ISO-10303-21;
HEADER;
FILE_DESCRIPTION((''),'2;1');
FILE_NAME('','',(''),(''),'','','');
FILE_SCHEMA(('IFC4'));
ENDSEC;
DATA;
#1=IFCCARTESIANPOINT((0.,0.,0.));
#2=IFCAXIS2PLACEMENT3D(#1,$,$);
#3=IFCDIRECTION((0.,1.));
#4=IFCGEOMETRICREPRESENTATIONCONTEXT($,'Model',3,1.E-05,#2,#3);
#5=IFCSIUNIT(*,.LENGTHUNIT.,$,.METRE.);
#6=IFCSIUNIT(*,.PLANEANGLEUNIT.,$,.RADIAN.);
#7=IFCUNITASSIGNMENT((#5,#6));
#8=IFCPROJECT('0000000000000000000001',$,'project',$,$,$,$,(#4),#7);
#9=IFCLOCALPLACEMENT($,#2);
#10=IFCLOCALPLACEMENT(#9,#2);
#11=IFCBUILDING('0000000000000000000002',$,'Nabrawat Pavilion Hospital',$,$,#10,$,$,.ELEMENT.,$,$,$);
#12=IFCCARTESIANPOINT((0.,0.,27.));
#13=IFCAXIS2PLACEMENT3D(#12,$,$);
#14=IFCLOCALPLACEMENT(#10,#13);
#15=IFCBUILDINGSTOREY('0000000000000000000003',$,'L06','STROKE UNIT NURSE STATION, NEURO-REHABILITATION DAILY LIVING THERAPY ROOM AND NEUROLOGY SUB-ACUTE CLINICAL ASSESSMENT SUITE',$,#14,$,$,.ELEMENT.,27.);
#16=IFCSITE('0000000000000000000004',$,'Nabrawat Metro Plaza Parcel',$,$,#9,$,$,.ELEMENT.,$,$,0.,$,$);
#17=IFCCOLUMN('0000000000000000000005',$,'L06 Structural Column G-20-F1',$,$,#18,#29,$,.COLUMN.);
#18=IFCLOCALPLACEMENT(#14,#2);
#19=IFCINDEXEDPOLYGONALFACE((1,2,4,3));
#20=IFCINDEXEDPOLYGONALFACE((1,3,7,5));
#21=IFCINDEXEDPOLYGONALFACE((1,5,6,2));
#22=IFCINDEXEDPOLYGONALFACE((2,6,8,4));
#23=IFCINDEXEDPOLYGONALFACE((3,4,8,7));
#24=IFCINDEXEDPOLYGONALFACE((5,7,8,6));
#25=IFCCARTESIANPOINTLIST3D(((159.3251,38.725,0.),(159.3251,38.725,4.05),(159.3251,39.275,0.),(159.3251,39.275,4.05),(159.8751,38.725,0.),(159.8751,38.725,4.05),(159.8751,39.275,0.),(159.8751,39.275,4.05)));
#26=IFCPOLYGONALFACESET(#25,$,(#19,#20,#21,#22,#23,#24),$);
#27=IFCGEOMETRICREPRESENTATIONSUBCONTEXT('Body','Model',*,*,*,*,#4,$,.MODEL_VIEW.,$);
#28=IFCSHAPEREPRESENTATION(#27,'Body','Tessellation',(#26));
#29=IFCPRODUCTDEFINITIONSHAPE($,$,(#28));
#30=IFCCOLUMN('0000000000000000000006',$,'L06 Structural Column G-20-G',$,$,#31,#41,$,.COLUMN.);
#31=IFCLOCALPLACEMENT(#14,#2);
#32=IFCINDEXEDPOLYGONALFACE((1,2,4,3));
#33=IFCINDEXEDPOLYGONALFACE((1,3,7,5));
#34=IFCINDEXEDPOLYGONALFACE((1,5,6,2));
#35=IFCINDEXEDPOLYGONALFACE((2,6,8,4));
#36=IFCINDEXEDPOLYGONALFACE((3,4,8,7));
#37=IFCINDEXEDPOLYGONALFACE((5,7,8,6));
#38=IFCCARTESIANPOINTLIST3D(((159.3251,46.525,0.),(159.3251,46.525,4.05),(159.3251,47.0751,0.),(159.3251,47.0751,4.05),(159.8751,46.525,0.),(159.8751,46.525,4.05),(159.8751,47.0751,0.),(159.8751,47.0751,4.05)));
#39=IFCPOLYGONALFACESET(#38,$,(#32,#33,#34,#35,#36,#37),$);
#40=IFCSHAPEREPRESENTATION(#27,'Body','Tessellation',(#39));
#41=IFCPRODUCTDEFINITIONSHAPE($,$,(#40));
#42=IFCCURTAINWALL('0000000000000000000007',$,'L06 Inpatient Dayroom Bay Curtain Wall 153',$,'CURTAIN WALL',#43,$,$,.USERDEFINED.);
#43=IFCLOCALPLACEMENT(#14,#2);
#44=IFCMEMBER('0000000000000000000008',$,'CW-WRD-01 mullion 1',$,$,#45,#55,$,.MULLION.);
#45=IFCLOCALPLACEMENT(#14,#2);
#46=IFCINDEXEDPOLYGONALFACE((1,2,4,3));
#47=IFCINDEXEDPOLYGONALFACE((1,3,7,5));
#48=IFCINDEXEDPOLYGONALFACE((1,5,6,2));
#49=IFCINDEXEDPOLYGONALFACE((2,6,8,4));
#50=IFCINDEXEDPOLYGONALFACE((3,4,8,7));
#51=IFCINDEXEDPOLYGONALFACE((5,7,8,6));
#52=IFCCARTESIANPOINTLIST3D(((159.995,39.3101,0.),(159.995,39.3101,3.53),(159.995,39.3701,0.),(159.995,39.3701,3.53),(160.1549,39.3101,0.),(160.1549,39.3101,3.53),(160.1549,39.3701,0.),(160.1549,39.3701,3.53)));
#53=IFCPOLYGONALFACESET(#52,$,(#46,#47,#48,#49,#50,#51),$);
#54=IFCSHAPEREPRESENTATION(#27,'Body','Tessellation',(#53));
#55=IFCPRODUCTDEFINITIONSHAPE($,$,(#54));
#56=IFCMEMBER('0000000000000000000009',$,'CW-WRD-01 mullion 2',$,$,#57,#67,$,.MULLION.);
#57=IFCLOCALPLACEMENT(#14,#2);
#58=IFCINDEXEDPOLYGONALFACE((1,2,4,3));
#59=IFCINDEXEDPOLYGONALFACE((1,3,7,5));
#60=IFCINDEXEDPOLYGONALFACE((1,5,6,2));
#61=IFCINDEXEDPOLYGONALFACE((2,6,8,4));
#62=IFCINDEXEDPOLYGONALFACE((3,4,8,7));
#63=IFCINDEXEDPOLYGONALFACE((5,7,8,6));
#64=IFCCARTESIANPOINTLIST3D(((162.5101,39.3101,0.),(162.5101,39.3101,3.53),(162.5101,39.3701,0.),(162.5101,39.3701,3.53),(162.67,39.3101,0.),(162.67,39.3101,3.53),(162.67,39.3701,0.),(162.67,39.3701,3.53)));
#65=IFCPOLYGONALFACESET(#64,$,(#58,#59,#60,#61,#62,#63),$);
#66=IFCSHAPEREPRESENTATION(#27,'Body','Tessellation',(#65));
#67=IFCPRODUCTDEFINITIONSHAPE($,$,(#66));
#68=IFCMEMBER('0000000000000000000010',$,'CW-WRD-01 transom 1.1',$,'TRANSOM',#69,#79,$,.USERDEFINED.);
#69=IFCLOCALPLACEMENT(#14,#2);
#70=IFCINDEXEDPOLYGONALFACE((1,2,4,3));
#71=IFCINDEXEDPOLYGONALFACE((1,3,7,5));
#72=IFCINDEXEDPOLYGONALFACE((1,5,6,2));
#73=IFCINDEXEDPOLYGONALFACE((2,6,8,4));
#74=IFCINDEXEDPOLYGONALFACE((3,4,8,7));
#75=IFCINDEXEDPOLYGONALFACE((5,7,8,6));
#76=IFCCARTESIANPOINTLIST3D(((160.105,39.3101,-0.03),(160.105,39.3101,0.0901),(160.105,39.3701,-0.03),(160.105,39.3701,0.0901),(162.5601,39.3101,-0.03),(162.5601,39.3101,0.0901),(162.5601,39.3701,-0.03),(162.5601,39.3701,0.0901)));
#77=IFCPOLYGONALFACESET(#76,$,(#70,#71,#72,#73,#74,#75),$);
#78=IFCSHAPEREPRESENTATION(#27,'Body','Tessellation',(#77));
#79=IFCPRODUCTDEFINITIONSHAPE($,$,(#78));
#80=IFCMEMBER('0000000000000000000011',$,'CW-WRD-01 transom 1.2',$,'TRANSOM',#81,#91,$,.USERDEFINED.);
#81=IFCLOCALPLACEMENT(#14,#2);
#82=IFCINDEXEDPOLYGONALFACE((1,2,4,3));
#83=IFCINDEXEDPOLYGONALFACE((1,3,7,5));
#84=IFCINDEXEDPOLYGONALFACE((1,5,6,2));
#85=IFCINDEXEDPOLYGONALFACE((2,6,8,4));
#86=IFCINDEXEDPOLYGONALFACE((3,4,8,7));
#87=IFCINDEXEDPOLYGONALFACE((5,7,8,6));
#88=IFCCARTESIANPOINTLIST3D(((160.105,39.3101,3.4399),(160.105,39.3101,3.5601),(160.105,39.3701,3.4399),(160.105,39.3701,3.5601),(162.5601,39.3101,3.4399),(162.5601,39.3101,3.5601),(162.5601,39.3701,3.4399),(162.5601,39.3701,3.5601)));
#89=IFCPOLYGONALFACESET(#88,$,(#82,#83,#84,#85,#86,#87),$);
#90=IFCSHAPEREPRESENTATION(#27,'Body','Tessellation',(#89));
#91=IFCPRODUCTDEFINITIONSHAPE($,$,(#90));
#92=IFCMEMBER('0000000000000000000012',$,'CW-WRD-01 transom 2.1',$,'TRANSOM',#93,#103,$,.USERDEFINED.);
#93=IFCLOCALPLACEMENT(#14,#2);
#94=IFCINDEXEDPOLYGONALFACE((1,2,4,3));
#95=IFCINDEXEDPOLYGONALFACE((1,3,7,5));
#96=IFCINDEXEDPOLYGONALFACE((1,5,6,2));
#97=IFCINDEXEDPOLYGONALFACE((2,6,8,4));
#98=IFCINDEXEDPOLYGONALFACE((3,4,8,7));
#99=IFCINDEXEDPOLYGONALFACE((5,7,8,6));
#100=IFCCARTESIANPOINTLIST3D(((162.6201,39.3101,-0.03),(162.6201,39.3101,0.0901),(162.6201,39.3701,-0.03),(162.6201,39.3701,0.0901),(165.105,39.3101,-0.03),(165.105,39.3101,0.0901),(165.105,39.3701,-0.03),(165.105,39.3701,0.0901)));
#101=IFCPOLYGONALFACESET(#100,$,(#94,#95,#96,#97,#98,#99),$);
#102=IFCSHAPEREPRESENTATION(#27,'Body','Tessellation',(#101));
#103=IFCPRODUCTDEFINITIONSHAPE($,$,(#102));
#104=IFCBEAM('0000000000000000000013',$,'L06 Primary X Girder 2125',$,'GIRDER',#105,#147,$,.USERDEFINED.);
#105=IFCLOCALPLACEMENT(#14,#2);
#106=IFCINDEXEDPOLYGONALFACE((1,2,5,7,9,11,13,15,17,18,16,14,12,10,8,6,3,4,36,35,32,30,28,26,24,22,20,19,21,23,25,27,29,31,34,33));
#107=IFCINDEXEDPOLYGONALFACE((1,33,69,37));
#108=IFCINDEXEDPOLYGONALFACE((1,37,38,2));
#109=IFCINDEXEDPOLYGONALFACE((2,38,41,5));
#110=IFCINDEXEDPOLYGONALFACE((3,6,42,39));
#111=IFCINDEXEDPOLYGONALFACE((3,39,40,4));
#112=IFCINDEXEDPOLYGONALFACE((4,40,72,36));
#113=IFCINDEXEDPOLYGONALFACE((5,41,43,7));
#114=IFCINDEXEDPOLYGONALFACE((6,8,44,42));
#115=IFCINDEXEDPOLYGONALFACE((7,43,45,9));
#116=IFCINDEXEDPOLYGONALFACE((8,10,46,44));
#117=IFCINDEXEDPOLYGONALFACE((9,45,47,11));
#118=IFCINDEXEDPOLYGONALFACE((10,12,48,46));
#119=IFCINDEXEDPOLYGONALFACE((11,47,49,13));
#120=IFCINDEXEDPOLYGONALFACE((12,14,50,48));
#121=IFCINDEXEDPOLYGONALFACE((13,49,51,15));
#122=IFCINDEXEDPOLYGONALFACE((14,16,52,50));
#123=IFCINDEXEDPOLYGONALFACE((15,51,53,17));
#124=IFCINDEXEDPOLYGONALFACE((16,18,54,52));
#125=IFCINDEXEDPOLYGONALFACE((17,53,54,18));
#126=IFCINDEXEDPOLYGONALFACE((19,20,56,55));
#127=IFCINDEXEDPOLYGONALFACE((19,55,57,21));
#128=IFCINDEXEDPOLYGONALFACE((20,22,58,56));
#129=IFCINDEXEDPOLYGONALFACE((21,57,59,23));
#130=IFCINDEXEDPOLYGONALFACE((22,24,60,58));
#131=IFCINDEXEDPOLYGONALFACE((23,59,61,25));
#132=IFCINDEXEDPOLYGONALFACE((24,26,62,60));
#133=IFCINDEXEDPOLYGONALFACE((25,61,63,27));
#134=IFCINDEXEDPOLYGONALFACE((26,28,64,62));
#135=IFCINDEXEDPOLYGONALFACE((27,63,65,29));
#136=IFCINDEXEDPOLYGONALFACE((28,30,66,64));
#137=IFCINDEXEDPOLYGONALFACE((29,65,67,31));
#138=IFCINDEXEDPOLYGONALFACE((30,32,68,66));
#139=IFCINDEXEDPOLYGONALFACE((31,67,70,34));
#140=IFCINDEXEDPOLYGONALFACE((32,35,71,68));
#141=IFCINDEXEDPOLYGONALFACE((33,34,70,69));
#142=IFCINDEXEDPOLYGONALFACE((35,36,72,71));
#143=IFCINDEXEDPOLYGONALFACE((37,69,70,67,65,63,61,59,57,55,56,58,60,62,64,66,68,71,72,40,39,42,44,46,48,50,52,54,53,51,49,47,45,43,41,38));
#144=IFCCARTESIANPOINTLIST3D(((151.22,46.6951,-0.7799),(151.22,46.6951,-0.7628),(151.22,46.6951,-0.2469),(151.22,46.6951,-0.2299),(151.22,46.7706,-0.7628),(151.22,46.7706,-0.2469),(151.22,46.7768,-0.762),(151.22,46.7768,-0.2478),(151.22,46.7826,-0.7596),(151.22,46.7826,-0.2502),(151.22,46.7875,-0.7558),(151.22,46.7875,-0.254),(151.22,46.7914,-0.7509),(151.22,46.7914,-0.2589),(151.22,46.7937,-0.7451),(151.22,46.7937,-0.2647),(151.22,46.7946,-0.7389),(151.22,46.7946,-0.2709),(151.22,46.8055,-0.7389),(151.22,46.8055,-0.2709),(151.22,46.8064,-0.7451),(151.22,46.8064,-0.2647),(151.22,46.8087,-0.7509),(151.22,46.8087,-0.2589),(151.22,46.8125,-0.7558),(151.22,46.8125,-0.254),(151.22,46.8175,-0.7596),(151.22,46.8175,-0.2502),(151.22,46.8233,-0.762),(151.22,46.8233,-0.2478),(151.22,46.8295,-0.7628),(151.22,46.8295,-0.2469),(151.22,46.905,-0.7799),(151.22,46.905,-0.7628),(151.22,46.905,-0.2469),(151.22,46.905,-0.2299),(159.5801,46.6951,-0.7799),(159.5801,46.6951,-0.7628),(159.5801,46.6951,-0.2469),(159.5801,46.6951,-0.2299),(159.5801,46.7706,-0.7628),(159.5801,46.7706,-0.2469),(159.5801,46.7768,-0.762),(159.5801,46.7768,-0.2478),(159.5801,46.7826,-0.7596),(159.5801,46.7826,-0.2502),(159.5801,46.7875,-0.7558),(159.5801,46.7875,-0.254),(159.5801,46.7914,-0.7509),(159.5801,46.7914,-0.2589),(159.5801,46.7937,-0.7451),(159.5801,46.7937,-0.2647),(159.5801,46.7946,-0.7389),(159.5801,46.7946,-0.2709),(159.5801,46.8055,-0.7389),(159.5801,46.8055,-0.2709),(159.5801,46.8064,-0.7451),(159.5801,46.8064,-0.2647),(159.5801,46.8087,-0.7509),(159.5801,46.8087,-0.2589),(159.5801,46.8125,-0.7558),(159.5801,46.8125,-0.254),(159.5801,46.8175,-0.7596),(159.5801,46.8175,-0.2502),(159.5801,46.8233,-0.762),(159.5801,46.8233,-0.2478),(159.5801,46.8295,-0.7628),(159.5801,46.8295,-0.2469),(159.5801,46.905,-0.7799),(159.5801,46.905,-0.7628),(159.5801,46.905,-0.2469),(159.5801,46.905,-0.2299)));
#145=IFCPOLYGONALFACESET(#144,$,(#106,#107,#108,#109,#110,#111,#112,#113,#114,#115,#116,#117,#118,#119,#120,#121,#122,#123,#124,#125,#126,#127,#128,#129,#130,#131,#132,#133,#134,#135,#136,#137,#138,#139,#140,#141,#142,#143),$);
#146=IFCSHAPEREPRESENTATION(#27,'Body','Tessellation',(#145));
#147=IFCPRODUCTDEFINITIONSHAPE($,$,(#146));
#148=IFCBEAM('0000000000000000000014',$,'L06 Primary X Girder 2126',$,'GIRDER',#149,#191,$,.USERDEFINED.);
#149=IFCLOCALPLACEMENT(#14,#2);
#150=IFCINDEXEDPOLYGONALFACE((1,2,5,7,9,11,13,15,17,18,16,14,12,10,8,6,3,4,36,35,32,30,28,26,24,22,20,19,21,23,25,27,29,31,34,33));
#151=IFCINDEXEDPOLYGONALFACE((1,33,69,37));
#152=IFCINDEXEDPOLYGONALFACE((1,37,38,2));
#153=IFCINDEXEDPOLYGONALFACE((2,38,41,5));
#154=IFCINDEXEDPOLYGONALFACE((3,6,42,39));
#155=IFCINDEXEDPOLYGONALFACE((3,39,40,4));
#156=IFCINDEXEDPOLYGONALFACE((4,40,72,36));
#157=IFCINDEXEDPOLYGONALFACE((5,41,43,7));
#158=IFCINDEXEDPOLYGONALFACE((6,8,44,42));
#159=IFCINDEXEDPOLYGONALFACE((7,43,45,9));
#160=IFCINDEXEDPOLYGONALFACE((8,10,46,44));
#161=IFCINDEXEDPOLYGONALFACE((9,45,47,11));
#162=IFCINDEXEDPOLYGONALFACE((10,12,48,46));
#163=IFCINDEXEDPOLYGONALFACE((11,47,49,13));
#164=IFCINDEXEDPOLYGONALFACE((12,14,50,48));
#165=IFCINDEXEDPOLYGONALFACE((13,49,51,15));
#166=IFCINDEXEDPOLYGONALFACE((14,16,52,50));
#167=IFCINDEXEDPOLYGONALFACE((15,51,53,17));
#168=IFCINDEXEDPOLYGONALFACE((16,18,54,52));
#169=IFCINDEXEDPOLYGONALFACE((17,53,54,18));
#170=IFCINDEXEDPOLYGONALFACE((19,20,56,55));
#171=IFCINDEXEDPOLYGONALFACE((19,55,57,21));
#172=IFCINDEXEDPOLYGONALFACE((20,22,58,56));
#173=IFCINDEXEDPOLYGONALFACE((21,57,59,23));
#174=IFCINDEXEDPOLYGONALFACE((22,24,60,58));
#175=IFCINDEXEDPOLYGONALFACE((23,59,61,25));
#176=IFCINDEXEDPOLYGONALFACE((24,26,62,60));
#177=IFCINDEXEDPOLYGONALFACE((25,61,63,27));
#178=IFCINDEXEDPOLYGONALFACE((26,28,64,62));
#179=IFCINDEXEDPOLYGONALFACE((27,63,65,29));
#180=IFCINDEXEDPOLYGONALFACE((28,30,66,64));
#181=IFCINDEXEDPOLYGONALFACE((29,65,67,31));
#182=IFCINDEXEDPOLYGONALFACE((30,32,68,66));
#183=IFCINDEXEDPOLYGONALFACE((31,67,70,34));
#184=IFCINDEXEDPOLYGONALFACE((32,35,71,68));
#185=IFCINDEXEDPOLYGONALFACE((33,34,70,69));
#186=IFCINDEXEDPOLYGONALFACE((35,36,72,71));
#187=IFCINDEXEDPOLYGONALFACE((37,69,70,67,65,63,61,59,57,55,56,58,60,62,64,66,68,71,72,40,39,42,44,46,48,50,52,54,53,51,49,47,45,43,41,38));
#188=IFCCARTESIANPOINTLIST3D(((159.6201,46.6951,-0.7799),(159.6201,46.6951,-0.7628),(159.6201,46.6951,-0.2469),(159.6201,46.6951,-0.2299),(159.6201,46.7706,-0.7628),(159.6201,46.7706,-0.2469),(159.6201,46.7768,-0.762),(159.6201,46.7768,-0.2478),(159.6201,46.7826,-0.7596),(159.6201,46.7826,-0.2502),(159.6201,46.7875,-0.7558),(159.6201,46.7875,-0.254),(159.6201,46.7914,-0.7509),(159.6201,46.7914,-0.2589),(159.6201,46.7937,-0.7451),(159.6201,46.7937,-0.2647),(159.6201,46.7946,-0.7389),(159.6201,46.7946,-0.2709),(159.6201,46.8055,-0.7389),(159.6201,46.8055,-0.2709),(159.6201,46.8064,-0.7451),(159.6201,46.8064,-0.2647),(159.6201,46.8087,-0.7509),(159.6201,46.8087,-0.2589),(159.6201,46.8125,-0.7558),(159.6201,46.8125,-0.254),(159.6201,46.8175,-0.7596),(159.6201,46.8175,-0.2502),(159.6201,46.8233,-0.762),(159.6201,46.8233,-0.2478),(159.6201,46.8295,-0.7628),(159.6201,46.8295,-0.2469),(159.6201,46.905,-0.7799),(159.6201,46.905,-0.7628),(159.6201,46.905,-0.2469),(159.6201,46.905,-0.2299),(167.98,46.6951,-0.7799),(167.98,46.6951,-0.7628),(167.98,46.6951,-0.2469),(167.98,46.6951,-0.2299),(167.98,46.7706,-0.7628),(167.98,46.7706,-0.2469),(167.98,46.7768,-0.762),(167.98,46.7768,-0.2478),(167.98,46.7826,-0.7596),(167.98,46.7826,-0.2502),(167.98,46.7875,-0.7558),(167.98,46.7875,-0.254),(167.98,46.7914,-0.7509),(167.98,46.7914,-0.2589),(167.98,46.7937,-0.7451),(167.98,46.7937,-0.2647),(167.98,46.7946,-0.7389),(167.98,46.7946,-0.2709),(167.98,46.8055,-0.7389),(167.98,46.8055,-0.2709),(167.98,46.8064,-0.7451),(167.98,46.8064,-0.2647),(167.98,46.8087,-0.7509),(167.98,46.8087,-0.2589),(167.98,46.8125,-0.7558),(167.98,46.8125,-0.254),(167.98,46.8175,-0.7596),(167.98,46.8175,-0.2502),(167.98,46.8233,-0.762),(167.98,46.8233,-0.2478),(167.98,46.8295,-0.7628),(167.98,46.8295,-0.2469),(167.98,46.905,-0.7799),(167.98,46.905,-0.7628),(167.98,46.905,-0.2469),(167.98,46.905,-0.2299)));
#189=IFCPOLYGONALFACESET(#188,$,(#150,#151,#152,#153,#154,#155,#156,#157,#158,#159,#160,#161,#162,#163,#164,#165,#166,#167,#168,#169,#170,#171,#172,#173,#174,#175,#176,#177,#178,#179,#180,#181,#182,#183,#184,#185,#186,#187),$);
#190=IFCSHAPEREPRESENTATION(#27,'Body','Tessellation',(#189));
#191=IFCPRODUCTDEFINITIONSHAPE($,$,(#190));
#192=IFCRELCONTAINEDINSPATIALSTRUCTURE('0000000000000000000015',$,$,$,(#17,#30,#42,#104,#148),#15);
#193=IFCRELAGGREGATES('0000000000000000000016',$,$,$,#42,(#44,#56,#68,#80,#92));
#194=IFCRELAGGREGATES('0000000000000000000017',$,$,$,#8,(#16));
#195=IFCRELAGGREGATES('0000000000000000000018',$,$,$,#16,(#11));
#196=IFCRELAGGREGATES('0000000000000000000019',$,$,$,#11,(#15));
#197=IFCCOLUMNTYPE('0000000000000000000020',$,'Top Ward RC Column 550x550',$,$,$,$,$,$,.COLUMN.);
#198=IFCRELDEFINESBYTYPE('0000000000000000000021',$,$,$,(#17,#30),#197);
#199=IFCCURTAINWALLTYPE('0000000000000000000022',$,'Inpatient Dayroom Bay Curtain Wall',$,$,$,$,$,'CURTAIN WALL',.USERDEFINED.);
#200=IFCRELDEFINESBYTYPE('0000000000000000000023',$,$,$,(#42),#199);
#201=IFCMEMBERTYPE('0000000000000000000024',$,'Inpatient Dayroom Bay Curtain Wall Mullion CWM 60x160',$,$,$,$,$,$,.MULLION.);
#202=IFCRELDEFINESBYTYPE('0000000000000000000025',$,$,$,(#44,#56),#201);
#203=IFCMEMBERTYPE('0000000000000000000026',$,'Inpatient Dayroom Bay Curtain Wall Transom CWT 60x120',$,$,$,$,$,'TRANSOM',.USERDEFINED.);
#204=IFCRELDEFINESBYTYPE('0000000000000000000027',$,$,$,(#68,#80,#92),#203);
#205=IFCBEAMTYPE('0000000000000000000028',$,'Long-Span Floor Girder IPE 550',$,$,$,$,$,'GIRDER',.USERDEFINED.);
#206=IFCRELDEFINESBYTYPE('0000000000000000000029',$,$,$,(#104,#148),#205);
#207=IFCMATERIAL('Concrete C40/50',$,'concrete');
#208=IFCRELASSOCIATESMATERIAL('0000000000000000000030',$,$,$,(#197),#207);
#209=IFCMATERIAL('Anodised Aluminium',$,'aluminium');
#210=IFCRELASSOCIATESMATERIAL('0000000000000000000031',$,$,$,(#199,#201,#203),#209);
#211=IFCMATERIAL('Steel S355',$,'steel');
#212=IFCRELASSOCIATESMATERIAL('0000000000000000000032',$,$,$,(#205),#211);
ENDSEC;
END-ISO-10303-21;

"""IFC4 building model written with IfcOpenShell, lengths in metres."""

from ifc_helpers import new_model, si_unit, direction, frame, origin, origin_2d, place, context, subcontext, project, spatial, rectangle, i_section, extrude, material, material_profile, profile_set, type_object, element, aggregate, save


model = new_model("IFC4")

# Units and contexts
model_context = context("Model", 3, precision=1e-05, world=origin(), true_north=direction((0.0, 1.0)))
body_context = subcontext(model_context, "Body", "Model", "MODEL_VIEW")
ifc_project = project(units=[si_unit("LENGTHUNIT", "METRE"), si_unit("PLANEANGLEUNIT", "RADIAN")], contexts=[model_context])

# Site, building, storey
site_placement = place(None, origin())
site = spatial("IfcSite", under=ifc_project, at=site_placement, Name="Nabrawat Metro Plaza Parcel", CompositionType="ELEMENT", RefElevation=0.0)
building_placement = place(site_placement, origin())
building = spatial("IfcBuilding", under=site, at=building_placement, Name="Nabrawat Pavilion Hospital", CompositionType="ELEMENT")
storey_placement = place(building_placement, frame((0.0, 0.0, 27.0)))
storey = spatial("IfcBuildingStorey", under=building, at=storey_placement, Name="L06", Description="STROKE UNIT NURSE STATION, NEURO-REHABILITATION DAILY LIVING THERAPY ROOM AND NEUROLOGY SUB-ACUTE CLINICAL ASSESSMENT SUITE", CompositionType="ELEMENT", Elevation=27.0)

# Columns
ifc_material_1 = material(Name="Concrete C40/50", Category="concrete")
ifc_material_profile_1 = material_profile(ifc_material_1, rectangle(XDim=0.55, YDim=0.55, at=origin_2d()), Name="RC 550x550")
ifc_profile_set_1 = profile_set([ifc_material_profile_1], Name="Concrete C40/50")
column_type = type_object("IfcColumnType", Name="Top Ward RC Column 550x550", PredefinedType="COLUMN", material=ifc_profile_set_1)
for number, where, z_axis, x_axis, name in (
    (1, (159.6001, 39.0, 0.0), (0.0, 0.0, 1.0), (1.0, 0.0, 0.0), "L06 Structural Column G-20-F1"),
    (2, (159.6001, 46.8, 0.0), (0.0, 0.0, 1.0), (1.0, 0.0, 0.0), "L06 Structural Column G-20-G"),
):
    element("IfcColumn", number, at=place(storey_placement, frame(where, z_axis=z_axis, x_axis=x_axis)), inside=storey, type_object=column_type, Name=name, PredefinedType="COLUMN", context=body_context, shape_type="SweptSolid", body=[
        extrude(rectangle(XDim=0.55, YDim=0.55, at=origin_2d()), origin(), (0.0, 0.0, 1.0), 4.05),
    ])

# Curtain wall, members
ifc_material_2 = material(Name="Anodised Aluminium", Category="aluminium")
curtain_wall_type = type_object("IfcCurtainWallType", Name="Inpatient Dayroom Bay Curtain Wall", ElementType="CURTAIN WALL", PredefinedType="USERDEFINED", material=ifc_material_2)
curtain_wall_placement = place(storey_placement, origin())
curtain_wall = element("IfcCurtainWall", 3, at=curtain_wall_placement, inside=storey, type_object=curtain_wall_type, Name="L06 Inpatient Dayroom Bay Curtain Wall 153", ObjectType="CURTAIN WALL", PredefinedType="USERDEFINED")
ifc_material_profile_2 = material_profile(ifc_material_2, rectangle(XDim=0.0601, YDim=0.1599, at=origin_2d()), Name="CWM 60x160")
ifc_profile_set_2 = profile_set([ifc_material_profile_2], Name="Anodised Aluminium")
member_type_1 = type_object("IfcMemberType", Name="Inpatient Dayroom Bay Curtain Wall Mullion CWM 60x160", PredefinedType="MULLION", material=ifc_profile_set_2)
member_1_placement = place(storey_placement, frame((160.075, 39.3401, 0.0), z_axis=(0.0, 0.0, 1.0), x_axis=(0.0, 1.0, 0.0)))
member_1 = element("IfcMember", 4, at=member_1_placement, type_object=member_type_1, Name="CW-WRD-01 mullion 1", PredefinedType="MULLION", context=body_context, shape_type="SweptSolid", body=[
    extrude(rectangle(XDim=0.0601, YDim=0.1599, at=origin_2d()), origin(), (0.0, 0.0, 1.0), 3.53),
])
member_2_placement = place(storey_placement, frame((162.5901, 39.3401, 0.0), z_axis=(0.0, 0.0, 1.0), x_axis=(0.0, 1.0, 0.0)))
member_2 = element("IfcMember", 5, at=member_2_placement, type_object=member_type_1, Name="CW-WRD-01 mullion 2", PredefinedType="MULLION", context=body_context, shape_type="SweptSolid", body=[
    extrude(rectangle(XDim=0.0601, YDim=0.1599, at=origin_2d()), origin(), (0.0, 0.0, 1.0), 3.53),
])
ifc_material_profile_3 = material_profile(ifc_material_2, rectangle(XDim=0.0601, YDim=0.1201, at=origin_2d()), Name="CWT 60x120")
ifc_profile_set_3 = profile_set([ifc_material_profile_3], Name="Anodised Aluminium")
member_type_2 = type_object("IfcMemberType", Name="Inpatient Dayroom Bay Curtain Wall Transom CWT 60x120", ElementType="TRANSOM", PredefinedType="USERDEFINED", material=ifc_profile_set_3)
member_3_placement = place(storey_placement, frame((160.105, 39.3401, 0.03), z_axis=(1.0, 0.0, 0.0), x_axis=(0.0, 1.0, 0.0)))
member_3 = element("IfcMember", 6, at=member_3_placement, type_object=member_type_2, Name="CW-WRD-01 transom 1.1", ObjectType="TRANSOM", PredefinedType="USERDEFINED", context=body_context, shape_type="SweptSolid", body=[
    extrude(rectangle(XDim=0.0601, YDim=0.1201, at=origin_2d()), origin(), (0.0, 0.0, 1.0), 2.4551),
])
member_4_placement = place(storey_placement, frame((160.105, 39.3401, 3.5), z_axis=(1.0, 0.0, 0.0), x_axis=(0.0, 1.0, 0.0)))
member_4 = element("IfcMember", 7, at=member_4_placement, type_object=member_type_2, Name="CW-WRD-01 transom 1.2", ObjectType="TRANSOM", PredefinedType="USERDEFINED", context=body_context, shape_type="SweptSolid", body=[
    extrude(rectangle(XDim=0.0601, YDim=0.1201, at=origin_2d()), origin(), (0.0, 0.0, 1.0), 2.4551),
])
member_5_placement = place(storey_placement, frame((162.6201, 39.3401, 0.03), z_axis=(1.0, 0.0, 0.0), x_axis=(0.0, 1.0, 0.0)))
member_5 = element("IfcMember", 8, at=member_5_placement, type_object=member_type_2, Name="CW-WRD-01 transom 2.1", ObjectType="TRANSOM", PredefinedType="USERDEFINED", context=body_context, shape_type="SweptSolid", body=[
    extrude(rectangle(XDim=0.0601, YDim=0.1201, at=origin_2d()), origin(), (0.0, 0.0, 1.0), 2.4849),
])

# Beams
ifc_material_3 = material(Name="Steel S355", Category="steel")
ifc_material_profile_4 = material_profile(ifc_material_3, i_section(OverallWidth=0.21, OverallDepth=0.55, WebThickness=0.011, FlangeThickness=0.0171, FilletRadius=0.0239, at=origin_2d()), Name="IPE 550")
ifc_profile_set_4 = profile_set([ifc_material_profile_4], Name="Steel S355")
beam_type_1 = type_object("IfcBeamType", Name="Long-Span Floor Girder IPE 550", ElementType="GIRDER", PredefinedType="USERDEFINED", material=ifc_profile_set_4)
beam_1_placement = place(storey_placement, frame((151.22, 46.8, -0.5049), z_axis=(1.0, 0.0, 0.0), x_axis=(0.0, 1.0, 0.0)))
element("IfcBeam", 9, at=beam_1_placement, inside=storey, type_object=beam_type_1, Name="L06 Primary X Girder 2125", ObjectType="GIRDER", PredefinedType="USERDEFINED", context=body_context, shape_type="SweptSolid", body=[
    extrude(i_section(OverallWidth=0.21, OverallDepth=0.55, WebThickness=0.011, FlangeThickness=0.0171, FilletRadius=0.0239, at=origin_2d()), origin(), (0.0, 0.0, 1.0), 8.3601),
])
beam_2_placement = place(storey_placement, frame((159.6201, 46.8, -0.5049), z_axis=(1.0, 0.0, 0.0), x_axis=(0.0, 1.0, 0.0)))
element("IfcBeam", 10, at=beam_2_placement, inside=storey, type_object=beam_type_1, Name="L06 Primary X Girder 2126", ObjectType="GIRDER", PredefinedType="USERDEFINED", context=body_context, shape_type="SweptSolid", body=[
    extrude(i_section(OverallWidth=0.21, OverallDepth=0.55, WebThickness=0.011, FlangeThickness=0.0171, FilletRadius=0.0239, at=origin_2d()), origin(), (0.0, 0.0, 1.0), 8.3599),
])

aggregate(curtain_wall, [member_1, member_2, member_3, member_4, member_5])

save(model, "model.ifc")
